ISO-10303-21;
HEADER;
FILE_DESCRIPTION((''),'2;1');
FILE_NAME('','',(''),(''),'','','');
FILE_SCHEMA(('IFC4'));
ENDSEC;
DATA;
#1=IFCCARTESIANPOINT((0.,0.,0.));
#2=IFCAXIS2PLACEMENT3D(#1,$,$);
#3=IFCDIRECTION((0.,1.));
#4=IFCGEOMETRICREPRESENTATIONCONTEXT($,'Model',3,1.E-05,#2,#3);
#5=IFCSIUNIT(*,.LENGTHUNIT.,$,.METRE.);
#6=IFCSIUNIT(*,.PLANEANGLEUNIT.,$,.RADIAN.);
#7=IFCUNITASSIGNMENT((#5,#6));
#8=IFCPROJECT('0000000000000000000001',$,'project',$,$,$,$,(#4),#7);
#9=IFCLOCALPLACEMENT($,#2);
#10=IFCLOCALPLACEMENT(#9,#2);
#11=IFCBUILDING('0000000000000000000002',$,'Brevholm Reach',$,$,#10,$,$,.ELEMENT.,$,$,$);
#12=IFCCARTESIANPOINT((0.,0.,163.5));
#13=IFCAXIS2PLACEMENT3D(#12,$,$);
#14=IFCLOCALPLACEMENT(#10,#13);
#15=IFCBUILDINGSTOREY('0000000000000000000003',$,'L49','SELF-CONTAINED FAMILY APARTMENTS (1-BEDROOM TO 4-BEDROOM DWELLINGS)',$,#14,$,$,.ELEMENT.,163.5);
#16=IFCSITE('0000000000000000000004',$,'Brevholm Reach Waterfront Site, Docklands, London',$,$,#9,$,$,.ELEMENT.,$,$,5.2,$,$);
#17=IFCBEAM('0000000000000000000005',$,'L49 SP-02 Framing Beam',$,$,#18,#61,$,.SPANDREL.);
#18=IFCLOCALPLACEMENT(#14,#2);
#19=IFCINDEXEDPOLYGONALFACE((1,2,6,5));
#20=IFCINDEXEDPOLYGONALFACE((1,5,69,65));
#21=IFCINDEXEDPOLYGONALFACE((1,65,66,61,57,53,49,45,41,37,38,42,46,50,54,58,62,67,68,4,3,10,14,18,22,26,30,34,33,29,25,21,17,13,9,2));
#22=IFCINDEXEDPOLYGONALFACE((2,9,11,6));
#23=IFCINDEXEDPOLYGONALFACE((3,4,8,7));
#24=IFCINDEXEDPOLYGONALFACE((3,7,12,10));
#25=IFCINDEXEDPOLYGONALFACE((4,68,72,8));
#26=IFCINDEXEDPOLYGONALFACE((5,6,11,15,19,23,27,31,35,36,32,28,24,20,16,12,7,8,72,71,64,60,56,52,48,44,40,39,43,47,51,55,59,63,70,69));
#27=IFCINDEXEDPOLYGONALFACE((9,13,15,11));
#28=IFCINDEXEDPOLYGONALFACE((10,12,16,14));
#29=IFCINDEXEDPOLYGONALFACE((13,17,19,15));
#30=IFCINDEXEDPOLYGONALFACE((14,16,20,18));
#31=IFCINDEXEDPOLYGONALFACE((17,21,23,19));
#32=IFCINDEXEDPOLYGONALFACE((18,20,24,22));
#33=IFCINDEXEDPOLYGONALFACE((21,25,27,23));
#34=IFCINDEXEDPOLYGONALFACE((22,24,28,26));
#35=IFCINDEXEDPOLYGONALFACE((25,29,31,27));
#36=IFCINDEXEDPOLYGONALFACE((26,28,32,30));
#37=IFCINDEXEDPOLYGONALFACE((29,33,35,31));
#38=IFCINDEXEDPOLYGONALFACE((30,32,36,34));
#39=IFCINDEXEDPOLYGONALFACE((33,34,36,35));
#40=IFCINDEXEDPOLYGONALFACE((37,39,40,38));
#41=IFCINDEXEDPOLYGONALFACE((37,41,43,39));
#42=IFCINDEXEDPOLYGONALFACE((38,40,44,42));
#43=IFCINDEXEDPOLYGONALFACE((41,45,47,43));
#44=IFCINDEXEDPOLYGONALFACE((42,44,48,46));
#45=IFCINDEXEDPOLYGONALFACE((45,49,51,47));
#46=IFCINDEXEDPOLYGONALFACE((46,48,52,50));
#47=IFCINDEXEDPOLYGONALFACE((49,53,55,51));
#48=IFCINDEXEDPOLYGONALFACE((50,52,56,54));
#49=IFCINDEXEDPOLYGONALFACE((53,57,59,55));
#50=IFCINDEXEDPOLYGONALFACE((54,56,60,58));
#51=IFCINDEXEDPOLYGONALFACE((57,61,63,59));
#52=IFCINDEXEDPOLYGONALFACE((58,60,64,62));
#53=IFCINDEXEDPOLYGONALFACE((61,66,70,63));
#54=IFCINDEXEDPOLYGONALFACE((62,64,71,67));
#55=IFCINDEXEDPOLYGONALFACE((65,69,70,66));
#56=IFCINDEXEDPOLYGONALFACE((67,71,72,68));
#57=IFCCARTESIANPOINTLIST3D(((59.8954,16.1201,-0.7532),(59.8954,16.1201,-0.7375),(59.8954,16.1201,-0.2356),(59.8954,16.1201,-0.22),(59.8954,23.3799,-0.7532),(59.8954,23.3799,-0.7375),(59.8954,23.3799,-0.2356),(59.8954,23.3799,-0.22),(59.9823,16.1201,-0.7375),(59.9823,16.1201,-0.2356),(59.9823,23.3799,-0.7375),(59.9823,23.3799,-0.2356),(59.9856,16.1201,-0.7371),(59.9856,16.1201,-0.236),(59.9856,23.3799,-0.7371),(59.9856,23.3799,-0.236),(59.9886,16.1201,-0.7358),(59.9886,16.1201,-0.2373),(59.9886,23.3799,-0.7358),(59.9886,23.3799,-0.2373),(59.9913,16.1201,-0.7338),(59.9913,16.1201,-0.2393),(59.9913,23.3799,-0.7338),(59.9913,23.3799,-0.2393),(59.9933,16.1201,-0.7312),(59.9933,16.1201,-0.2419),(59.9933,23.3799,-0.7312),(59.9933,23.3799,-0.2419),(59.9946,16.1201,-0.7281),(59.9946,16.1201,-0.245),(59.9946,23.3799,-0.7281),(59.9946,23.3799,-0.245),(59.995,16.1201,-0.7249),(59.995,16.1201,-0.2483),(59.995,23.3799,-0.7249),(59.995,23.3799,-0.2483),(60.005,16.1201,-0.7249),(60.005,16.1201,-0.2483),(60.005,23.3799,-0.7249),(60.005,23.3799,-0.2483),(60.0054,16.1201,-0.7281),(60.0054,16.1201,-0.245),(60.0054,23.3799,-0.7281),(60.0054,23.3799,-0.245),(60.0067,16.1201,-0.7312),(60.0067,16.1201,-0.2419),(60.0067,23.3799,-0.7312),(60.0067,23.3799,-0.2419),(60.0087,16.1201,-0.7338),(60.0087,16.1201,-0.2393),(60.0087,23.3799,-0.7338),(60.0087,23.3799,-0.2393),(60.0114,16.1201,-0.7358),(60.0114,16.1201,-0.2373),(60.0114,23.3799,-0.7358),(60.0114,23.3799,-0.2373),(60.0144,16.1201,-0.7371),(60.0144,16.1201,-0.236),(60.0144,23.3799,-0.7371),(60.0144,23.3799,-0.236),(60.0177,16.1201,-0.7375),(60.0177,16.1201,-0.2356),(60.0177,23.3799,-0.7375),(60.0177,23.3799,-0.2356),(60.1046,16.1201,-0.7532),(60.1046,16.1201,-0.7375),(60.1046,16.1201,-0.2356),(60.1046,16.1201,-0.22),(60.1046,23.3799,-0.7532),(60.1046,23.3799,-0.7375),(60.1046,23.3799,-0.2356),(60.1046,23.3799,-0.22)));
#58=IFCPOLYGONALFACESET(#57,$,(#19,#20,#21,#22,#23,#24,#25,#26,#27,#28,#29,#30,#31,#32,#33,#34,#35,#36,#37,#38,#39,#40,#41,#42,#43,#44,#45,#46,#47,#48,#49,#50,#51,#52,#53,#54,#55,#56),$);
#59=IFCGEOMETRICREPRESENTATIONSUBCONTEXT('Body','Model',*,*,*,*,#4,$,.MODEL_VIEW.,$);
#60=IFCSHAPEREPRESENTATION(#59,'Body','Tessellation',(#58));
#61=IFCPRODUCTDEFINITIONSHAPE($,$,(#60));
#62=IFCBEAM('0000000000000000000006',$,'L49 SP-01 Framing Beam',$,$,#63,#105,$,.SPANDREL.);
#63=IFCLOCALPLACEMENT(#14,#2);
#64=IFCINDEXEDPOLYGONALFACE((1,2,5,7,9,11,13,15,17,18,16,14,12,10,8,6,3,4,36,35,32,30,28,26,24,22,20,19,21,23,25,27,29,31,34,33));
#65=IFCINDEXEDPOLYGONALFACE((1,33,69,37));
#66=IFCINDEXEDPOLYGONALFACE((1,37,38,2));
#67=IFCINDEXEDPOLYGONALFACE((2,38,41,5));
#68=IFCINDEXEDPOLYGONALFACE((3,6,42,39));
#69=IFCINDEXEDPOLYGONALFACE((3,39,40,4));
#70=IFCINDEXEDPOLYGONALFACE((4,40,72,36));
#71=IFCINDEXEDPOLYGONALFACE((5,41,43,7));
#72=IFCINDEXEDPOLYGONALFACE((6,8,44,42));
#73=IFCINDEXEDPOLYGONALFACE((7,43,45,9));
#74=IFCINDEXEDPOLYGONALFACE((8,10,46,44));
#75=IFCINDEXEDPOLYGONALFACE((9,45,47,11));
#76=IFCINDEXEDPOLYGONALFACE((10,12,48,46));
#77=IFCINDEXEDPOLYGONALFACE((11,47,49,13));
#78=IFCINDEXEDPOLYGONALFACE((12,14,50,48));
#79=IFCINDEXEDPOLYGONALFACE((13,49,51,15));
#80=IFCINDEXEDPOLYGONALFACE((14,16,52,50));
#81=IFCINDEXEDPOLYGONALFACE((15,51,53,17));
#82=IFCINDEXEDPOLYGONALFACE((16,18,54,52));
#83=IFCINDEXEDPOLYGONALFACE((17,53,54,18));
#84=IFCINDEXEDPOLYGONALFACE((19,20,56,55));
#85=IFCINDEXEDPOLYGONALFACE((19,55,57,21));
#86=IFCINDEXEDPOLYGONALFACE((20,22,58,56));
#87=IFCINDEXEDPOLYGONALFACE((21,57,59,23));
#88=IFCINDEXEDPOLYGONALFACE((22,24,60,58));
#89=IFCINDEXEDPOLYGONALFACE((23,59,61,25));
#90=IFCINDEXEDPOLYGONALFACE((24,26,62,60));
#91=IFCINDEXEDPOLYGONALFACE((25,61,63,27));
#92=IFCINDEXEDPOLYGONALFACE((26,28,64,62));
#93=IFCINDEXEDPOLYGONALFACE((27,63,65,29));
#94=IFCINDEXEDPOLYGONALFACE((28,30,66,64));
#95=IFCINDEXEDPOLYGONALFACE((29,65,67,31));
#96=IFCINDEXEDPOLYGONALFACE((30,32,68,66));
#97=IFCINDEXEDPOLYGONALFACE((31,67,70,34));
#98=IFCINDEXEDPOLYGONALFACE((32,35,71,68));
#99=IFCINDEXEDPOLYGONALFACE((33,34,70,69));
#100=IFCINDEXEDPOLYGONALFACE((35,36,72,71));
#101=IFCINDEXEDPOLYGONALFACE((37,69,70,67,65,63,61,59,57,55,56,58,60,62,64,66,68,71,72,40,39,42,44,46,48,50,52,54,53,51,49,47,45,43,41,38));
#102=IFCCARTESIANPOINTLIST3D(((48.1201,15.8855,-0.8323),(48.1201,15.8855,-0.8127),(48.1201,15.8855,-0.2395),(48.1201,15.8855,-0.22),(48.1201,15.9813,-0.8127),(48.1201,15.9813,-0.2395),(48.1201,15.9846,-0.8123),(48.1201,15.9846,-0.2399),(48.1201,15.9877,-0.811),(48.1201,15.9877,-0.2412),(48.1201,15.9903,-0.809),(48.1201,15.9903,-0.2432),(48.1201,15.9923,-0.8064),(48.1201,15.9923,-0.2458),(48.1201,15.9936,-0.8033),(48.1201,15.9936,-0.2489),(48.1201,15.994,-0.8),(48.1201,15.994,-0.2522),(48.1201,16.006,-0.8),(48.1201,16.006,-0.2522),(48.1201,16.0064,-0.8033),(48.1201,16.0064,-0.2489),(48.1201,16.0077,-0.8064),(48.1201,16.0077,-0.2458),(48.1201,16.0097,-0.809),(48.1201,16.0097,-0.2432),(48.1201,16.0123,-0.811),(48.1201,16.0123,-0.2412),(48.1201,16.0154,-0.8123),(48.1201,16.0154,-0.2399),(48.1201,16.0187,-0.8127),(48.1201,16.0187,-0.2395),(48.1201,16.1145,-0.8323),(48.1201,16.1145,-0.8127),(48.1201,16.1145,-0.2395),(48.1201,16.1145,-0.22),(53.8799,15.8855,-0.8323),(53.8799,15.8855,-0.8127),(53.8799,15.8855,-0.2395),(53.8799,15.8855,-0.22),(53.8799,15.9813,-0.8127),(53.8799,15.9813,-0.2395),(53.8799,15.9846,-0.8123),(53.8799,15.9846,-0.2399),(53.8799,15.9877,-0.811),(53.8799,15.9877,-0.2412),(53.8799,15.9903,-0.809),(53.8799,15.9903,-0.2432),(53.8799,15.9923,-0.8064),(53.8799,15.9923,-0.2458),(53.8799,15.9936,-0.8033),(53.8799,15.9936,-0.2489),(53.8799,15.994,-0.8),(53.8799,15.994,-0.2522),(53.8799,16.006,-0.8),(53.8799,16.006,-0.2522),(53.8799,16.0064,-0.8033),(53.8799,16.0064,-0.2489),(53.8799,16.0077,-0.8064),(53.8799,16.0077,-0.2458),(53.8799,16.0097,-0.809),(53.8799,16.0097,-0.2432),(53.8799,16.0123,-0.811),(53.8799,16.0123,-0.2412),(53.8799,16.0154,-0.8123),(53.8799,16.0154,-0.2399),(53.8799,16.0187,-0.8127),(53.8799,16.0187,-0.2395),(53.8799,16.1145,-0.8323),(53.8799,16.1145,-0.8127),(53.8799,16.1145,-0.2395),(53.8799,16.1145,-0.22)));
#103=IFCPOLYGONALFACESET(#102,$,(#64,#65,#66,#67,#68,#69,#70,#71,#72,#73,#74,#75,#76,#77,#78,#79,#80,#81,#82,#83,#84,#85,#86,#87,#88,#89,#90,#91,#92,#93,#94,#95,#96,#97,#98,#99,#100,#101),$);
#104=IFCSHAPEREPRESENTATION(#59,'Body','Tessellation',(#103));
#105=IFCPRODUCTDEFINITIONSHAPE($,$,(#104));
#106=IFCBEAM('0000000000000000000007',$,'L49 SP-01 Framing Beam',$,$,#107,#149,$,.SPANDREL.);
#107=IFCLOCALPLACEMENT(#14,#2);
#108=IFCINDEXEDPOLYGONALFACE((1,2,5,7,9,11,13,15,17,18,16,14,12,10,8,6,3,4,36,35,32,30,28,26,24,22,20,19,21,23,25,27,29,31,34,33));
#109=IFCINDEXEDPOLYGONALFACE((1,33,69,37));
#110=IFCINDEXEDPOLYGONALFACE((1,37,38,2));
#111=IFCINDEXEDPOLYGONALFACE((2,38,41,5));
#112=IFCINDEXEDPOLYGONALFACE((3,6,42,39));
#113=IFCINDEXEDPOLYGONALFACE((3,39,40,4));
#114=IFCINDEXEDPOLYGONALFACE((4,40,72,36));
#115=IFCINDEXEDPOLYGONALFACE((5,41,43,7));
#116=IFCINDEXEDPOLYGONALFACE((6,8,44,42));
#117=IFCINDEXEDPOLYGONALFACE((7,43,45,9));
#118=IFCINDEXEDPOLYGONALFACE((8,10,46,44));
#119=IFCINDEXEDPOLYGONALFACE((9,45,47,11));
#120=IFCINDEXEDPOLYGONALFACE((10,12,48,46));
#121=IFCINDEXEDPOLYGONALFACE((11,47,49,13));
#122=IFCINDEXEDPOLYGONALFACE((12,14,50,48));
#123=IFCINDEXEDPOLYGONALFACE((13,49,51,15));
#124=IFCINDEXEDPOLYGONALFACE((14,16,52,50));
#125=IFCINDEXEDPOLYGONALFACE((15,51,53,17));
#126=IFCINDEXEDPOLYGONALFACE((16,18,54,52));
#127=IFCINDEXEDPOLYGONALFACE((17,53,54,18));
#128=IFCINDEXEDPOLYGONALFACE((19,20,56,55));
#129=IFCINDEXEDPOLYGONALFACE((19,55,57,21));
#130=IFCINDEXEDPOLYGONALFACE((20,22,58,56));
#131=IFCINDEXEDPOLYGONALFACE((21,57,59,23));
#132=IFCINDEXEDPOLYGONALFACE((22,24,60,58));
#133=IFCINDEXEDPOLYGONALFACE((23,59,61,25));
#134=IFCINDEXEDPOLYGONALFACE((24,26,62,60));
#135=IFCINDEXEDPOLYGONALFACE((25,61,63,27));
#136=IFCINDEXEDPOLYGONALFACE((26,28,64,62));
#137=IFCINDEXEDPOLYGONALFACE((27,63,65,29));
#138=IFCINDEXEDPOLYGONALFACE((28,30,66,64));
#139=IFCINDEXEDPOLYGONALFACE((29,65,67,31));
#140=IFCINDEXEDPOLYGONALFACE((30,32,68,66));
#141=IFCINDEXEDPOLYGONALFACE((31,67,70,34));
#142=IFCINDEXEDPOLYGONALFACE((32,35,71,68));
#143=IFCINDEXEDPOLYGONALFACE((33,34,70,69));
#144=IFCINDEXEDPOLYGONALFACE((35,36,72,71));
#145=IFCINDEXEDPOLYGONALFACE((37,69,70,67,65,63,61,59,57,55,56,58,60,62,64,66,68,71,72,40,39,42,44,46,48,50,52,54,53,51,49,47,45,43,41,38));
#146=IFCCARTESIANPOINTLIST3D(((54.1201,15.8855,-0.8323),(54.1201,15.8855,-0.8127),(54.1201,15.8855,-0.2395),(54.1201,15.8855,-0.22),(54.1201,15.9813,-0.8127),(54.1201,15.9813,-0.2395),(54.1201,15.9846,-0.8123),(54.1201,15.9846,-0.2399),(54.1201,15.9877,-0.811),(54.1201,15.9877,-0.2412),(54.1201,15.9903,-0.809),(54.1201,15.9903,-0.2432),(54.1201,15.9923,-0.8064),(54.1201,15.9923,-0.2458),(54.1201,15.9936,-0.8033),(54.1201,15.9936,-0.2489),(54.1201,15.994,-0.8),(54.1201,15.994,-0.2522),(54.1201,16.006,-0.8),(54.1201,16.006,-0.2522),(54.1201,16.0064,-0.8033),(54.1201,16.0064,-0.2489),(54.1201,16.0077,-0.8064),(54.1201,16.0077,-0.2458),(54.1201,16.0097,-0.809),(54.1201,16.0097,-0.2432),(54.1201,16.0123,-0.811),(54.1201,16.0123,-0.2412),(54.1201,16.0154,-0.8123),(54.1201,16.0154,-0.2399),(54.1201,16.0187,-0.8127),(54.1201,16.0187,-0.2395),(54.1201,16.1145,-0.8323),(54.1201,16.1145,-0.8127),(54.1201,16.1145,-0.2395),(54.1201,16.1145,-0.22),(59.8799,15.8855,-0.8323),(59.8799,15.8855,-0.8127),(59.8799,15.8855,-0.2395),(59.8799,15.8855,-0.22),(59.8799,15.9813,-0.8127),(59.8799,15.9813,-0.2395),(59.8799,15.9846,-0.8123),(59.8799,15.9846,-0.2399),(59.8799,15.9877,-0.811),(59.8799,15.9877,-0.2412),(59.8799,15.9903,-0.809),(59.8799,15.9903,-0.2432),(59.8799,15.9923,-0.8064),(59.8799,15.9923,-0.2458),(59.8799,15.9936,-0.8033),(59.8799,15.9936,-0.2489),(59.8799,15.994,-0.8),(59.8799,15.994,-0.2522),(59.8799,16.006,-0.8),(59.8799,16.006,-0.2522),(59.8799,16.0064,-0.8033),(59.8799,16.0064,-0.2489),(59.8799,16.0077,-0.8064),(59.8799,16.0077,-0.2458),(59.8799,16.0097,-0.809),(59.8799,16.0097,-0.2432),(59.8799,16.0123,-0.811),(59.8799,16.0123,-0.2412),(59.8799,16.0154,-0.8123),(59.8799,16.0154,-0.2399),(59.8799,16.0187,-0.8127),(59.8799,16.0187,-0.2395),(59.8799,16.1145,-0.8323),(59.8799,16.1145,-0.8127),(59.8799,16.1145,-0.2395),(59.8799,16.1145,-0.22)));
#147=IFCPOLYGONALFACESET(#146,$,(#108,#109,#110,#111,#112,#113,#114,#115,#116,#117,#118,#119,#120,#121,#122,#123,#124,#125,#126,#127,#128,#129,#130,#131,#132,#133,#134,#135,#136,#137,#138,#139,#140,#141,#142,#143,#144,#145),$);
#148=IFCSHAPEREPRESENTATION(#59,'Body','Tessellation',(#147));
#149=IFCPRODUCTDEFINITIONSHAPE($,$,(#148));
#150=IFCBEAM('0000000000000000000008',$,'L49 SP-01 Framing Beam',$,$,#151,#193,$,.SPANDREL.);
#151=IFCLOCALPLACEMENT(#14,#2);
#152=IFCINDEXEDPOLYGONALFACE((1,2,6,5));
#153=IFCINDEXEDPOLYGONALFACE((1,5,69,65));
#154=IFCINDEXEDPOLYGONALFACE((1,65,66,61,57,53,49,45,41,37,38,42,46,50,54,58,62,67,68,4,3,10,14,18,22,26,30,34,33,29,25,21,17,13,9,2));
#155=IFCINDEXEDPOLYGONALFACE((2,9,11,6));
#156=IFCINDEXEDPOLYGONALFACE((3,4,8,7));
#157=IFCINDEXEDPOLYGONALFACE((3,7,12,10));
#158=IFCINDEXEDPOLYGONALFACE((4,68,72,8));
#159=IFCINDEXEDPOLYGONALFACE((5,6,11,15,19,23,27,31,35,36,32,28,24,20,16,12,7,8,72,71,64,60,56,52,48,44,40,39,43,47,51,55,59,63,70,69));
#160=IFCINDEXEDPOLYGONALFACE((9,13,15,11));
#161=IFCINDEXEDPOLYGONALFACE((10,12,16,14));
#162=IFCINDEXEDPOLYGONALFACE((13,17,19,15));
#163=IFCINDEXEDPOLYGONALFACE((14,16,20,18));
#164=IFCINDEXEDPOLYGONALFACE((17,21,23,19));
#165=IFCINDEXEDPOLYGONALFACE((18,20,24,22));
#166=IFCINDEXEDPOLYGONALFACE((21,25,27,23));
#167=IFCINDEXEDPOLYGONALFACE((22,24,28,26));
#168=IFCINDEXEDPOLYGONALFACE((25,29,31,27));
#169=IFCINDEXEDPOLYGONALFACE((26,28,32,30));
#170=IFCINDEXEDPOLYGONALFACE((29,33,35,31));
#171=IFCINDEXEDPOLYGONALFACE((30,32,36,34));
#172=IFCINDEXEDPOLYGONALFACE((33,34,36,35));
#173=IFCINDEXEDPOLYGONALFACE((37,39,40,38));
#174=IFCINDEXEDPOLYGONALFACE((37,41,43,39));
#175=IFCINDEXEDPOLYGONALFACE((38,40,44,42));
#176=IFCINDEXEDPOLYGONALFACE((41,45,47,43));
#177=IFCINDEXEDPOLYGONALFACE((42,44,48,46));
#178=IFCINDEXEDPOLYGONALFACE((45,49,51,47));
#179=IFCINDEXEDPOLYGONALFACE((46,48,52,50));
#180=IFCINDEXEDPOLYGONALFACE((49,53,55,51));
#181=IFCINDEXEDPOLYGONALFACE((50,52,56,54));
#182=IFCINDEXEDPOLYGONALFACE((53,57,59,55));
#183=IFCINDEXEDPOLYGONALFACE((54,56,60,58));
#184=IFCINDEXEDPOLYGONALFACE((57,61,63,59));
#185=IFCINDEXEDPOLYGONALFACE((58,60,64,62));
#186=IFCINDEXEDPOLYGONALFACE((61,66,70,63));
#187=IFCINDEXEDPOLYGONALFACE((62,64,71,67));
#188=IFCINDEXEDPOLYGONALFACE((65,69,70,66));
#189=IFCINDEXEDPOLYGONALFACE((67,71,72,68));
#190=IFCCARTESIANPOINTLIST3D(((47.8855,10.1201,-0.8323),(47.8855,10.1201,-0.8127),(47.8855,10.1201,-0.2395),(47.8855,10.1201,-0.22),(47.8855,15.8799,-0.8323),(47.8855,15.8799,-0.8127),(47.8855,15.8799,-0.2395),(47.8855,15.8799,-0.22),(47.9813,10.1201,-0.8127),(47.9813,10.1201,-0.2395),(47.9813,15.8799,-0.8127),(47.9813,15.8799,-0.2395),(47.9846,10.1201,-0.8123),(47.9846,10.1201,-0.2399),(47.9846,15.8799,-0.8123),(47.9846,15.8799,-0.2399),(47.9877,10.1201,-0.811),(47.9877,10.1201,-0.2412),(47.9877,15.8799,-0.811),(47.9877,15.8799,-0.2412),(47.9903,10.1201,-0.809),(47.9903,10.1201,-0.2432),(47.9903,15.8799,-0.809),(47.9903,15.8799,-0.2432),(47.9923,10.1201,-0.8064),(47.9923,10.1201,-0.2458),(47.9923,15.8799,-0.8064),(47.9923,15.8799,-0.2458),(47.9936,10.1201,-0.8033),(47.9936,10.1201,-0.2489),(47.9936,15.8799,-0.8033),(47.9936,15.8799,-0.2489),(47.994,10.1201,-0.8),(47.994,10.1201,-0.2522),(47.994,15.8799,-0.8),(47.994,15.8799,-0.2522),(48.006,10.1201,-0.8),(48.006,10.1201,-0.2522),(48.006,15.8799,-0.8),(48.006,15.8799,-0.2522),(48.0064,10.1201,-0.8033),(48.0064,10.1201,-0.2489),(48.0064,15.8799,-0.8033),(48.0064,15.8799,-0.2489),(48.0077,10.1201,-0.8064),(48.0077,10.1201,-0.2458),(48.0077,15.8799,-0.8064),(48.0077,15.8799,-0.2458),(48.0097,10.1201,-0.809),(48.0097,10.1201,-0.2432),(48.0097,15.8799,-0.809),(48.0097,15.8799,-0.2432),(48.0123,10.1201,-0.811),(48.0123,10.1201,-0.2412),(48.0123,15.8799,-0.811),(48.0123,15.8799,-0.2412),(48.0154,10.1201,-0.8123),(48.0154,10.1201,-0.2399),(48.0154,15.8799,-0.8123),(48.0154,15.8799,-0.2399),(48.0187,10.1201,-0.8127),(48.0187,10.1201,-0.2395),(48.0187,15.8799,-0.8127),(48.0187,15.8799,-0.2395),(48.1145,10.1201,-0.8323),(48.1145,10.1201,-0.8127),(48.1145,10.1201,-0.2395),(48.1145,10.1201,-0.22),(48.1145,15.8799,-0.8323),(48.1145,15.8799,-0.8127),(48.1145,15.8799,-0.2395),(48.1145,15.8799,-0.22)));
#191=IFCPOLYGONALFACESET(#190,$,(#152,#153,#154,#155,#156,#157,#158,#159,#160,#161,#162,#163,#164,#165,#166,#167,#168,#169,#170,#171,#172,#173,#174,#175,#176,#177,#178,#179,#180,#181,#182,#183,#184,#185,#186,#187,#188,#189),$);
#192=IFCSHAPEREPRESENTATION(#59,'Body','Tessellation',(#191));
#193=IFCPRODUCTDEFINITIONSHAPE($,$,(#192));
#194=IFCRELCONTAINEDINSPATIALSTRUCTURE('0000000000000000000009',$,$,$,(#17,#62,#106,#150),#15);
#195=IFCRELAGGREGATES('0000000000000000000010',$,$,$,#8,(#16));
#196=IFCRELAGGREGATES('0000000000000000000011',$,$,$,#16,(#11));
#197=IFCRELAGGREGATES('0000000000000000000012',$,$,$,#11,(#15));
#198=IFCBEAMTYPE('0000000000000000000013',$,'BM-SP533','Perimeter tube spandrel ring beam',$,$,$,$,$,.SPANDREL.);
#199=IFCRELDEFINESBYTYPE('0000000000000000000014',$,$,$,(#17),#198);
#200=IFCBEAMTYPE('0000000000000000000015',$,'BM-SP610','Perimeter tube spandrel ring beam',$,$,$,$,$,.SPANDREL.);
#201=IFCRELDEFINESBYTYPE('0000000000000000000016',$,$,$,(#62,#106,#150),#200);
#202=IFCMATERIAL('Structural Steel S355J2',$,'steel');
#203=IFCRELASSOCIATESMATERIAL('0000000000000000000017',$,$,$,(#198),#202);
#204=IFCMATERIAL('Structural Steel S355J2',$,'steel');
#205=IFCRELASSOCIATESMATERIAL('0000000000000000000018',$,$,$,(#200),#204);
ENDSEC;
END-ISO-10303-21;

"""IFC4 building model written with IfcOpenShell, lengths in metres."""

from ifc_helpers import new_model, si_unit, direction, frame, origin, origin_2d, place, context, subcontext, project, spatial, i_section, extrude, material, material_profile, profile_set, type_object, element, save


model = new_model("IFC4")

# Units and contexts
model_context = context("Model", 3, precision=1e-05, world=origin(), true_north=direction((0.0, 1.0)))
body_context = subcontext(model_context, "Body", "Model", "MODEL_VIEW")
ifc_project = project(units=[si_unit("LENGTHUNIT", "METRE"), si_unit("PLANEANGLEUNIT", "RADIAN")], contexts=[model_context])

# Site, building, storey
site_placement = place(None, origin())
site = spatial("IfcSite", under=ifc_project, at=site_placement, Name="Brevholm Reach Waterfront Site, Docklands, London", CompositionType="ELEMENT", RefElevation=5.2)
building_placement = place(site_placement, origin())
building = spatial("IfcBuilding", under=site, at=building_placement, Name="Brevholm Reach", CompositionType="ELEMENT")
storey_placement = place(building_placement, frame((0.0, 0.0, 163.5)))
storey = spatial("IfcBuildingStorey", under=building, at=storey_placement, Name="L49", Description="SELF-CONTAINED FAMILY APARTMENTS (1-BEDROOM TO 4-BEDROOM DWELLINGS)", CompositionType="ELEMENT", Elevation=163.5)

# Beams
ifc_material_1 = material(Name="Structural Steel S355J2", Category="steel")
ifc_material_profile_1 = material_profile(ifc_material_1, i_section(OverallWidth=0.2092, OverallDepth=0.5332, WebThickness=0.01, FlangeThickness=0.0156, FilletRadius=0.0127, at=origin_2d()), Name="UKB 533x210x92")
ifc_profile_set_1 = profile_set([ifc_material_profile_1], Name="Structural Steel S355J2")
beam_type_1 = type_object("IfcBeamType", Name="BM-SP533", Description="Perimeter tube spandrel ring beam", PredefinedType="SPANDREL", material=ifc_profile_set_1)
beam_1_placement = place(storey_placement, frame((60.0, 16.1201, -0.4866), z_axis=(0.0, 1.0, 0.0), x_axis=(-1.0, 0.0, 0.0)))
element("IfcBeam", 1, at=beam_1_placement, inside=storey, type_object=beam_type_1, Name="L49 SP-02 Framing Beam", PredefinedType="SPANDREL", context=body_context, shape_type="SweptSolid", body=[
    extrude(i_section(OverallWidth=0.2092, OverallDepth=0.5332, WebThickness=0.01, FlangeThickness=0.0156, FilletRadius=0.0127, at=origin_2d()), origin(), (0.0, 0.0, 1.0), 7.2598),
])
ifc_material_2 = material(Name="Structural Steel S355J2", Category="steel")
ifc_material_profile_2 = material_profile(ifc_material_2, i_section(OverallWidth=0.229, OverallDepth=0.6123, WebThickness=0.012, FlangeThickness=0.0195, FilletRadius=0.0127, at=origin_2d()), Name="UKB 610x229x125")
ifc_profile_set_2 = profile_set([ifc_material_profile_2], Name="Structural Steel S355J2")
beam_type_2 = type_object("IfcBeamType", Name="BM-SP610", Description="Perimeter tube spandrel ring beam", PredefinedType="SPANDREL", material=ifc_profile_set_2)
for number, where, z_axis, x_axis, name in (
    (2, (48.1201, 16.0, -0.5261), (1.0, 0.0, 0.0), (0.0, 1.0, 0.0), "L49 SP-01 Framing Beam"),
    (3, (54.1201, 16.0, -0.5261), (1.0, 0.0, 0.0), (0.0, 1.0, 0.0), "L49 SP-01 Framing Beam"),
    (4, (48.0, 10.1201, -0.5261), (0.0, 1.0, 0.0), (-1.0, 0.0, 0.0), "L49 SP-01 Framing Beam"),
):
    element("IfcBeam", number, at=place(storey_placement, frame(where, z_axis=z_axis, x_axis=x_axis)), inside=storey, type_object=beam_type_2, Name=name, PredefinedType="SPANDREL", context=body_context, shape_type="SweptSolid", body=[
        extrude(i_section(OverallWidth=0.229, OverallDepth=0.6123, WebThickness=0.012, FlangeThickness=0.0195, FilletRadius=0.0127, at=origin_2d()), origin(), (0.0, 0.0, 1.0), 5.7598),
    ])

save(model, "model.ifc")
